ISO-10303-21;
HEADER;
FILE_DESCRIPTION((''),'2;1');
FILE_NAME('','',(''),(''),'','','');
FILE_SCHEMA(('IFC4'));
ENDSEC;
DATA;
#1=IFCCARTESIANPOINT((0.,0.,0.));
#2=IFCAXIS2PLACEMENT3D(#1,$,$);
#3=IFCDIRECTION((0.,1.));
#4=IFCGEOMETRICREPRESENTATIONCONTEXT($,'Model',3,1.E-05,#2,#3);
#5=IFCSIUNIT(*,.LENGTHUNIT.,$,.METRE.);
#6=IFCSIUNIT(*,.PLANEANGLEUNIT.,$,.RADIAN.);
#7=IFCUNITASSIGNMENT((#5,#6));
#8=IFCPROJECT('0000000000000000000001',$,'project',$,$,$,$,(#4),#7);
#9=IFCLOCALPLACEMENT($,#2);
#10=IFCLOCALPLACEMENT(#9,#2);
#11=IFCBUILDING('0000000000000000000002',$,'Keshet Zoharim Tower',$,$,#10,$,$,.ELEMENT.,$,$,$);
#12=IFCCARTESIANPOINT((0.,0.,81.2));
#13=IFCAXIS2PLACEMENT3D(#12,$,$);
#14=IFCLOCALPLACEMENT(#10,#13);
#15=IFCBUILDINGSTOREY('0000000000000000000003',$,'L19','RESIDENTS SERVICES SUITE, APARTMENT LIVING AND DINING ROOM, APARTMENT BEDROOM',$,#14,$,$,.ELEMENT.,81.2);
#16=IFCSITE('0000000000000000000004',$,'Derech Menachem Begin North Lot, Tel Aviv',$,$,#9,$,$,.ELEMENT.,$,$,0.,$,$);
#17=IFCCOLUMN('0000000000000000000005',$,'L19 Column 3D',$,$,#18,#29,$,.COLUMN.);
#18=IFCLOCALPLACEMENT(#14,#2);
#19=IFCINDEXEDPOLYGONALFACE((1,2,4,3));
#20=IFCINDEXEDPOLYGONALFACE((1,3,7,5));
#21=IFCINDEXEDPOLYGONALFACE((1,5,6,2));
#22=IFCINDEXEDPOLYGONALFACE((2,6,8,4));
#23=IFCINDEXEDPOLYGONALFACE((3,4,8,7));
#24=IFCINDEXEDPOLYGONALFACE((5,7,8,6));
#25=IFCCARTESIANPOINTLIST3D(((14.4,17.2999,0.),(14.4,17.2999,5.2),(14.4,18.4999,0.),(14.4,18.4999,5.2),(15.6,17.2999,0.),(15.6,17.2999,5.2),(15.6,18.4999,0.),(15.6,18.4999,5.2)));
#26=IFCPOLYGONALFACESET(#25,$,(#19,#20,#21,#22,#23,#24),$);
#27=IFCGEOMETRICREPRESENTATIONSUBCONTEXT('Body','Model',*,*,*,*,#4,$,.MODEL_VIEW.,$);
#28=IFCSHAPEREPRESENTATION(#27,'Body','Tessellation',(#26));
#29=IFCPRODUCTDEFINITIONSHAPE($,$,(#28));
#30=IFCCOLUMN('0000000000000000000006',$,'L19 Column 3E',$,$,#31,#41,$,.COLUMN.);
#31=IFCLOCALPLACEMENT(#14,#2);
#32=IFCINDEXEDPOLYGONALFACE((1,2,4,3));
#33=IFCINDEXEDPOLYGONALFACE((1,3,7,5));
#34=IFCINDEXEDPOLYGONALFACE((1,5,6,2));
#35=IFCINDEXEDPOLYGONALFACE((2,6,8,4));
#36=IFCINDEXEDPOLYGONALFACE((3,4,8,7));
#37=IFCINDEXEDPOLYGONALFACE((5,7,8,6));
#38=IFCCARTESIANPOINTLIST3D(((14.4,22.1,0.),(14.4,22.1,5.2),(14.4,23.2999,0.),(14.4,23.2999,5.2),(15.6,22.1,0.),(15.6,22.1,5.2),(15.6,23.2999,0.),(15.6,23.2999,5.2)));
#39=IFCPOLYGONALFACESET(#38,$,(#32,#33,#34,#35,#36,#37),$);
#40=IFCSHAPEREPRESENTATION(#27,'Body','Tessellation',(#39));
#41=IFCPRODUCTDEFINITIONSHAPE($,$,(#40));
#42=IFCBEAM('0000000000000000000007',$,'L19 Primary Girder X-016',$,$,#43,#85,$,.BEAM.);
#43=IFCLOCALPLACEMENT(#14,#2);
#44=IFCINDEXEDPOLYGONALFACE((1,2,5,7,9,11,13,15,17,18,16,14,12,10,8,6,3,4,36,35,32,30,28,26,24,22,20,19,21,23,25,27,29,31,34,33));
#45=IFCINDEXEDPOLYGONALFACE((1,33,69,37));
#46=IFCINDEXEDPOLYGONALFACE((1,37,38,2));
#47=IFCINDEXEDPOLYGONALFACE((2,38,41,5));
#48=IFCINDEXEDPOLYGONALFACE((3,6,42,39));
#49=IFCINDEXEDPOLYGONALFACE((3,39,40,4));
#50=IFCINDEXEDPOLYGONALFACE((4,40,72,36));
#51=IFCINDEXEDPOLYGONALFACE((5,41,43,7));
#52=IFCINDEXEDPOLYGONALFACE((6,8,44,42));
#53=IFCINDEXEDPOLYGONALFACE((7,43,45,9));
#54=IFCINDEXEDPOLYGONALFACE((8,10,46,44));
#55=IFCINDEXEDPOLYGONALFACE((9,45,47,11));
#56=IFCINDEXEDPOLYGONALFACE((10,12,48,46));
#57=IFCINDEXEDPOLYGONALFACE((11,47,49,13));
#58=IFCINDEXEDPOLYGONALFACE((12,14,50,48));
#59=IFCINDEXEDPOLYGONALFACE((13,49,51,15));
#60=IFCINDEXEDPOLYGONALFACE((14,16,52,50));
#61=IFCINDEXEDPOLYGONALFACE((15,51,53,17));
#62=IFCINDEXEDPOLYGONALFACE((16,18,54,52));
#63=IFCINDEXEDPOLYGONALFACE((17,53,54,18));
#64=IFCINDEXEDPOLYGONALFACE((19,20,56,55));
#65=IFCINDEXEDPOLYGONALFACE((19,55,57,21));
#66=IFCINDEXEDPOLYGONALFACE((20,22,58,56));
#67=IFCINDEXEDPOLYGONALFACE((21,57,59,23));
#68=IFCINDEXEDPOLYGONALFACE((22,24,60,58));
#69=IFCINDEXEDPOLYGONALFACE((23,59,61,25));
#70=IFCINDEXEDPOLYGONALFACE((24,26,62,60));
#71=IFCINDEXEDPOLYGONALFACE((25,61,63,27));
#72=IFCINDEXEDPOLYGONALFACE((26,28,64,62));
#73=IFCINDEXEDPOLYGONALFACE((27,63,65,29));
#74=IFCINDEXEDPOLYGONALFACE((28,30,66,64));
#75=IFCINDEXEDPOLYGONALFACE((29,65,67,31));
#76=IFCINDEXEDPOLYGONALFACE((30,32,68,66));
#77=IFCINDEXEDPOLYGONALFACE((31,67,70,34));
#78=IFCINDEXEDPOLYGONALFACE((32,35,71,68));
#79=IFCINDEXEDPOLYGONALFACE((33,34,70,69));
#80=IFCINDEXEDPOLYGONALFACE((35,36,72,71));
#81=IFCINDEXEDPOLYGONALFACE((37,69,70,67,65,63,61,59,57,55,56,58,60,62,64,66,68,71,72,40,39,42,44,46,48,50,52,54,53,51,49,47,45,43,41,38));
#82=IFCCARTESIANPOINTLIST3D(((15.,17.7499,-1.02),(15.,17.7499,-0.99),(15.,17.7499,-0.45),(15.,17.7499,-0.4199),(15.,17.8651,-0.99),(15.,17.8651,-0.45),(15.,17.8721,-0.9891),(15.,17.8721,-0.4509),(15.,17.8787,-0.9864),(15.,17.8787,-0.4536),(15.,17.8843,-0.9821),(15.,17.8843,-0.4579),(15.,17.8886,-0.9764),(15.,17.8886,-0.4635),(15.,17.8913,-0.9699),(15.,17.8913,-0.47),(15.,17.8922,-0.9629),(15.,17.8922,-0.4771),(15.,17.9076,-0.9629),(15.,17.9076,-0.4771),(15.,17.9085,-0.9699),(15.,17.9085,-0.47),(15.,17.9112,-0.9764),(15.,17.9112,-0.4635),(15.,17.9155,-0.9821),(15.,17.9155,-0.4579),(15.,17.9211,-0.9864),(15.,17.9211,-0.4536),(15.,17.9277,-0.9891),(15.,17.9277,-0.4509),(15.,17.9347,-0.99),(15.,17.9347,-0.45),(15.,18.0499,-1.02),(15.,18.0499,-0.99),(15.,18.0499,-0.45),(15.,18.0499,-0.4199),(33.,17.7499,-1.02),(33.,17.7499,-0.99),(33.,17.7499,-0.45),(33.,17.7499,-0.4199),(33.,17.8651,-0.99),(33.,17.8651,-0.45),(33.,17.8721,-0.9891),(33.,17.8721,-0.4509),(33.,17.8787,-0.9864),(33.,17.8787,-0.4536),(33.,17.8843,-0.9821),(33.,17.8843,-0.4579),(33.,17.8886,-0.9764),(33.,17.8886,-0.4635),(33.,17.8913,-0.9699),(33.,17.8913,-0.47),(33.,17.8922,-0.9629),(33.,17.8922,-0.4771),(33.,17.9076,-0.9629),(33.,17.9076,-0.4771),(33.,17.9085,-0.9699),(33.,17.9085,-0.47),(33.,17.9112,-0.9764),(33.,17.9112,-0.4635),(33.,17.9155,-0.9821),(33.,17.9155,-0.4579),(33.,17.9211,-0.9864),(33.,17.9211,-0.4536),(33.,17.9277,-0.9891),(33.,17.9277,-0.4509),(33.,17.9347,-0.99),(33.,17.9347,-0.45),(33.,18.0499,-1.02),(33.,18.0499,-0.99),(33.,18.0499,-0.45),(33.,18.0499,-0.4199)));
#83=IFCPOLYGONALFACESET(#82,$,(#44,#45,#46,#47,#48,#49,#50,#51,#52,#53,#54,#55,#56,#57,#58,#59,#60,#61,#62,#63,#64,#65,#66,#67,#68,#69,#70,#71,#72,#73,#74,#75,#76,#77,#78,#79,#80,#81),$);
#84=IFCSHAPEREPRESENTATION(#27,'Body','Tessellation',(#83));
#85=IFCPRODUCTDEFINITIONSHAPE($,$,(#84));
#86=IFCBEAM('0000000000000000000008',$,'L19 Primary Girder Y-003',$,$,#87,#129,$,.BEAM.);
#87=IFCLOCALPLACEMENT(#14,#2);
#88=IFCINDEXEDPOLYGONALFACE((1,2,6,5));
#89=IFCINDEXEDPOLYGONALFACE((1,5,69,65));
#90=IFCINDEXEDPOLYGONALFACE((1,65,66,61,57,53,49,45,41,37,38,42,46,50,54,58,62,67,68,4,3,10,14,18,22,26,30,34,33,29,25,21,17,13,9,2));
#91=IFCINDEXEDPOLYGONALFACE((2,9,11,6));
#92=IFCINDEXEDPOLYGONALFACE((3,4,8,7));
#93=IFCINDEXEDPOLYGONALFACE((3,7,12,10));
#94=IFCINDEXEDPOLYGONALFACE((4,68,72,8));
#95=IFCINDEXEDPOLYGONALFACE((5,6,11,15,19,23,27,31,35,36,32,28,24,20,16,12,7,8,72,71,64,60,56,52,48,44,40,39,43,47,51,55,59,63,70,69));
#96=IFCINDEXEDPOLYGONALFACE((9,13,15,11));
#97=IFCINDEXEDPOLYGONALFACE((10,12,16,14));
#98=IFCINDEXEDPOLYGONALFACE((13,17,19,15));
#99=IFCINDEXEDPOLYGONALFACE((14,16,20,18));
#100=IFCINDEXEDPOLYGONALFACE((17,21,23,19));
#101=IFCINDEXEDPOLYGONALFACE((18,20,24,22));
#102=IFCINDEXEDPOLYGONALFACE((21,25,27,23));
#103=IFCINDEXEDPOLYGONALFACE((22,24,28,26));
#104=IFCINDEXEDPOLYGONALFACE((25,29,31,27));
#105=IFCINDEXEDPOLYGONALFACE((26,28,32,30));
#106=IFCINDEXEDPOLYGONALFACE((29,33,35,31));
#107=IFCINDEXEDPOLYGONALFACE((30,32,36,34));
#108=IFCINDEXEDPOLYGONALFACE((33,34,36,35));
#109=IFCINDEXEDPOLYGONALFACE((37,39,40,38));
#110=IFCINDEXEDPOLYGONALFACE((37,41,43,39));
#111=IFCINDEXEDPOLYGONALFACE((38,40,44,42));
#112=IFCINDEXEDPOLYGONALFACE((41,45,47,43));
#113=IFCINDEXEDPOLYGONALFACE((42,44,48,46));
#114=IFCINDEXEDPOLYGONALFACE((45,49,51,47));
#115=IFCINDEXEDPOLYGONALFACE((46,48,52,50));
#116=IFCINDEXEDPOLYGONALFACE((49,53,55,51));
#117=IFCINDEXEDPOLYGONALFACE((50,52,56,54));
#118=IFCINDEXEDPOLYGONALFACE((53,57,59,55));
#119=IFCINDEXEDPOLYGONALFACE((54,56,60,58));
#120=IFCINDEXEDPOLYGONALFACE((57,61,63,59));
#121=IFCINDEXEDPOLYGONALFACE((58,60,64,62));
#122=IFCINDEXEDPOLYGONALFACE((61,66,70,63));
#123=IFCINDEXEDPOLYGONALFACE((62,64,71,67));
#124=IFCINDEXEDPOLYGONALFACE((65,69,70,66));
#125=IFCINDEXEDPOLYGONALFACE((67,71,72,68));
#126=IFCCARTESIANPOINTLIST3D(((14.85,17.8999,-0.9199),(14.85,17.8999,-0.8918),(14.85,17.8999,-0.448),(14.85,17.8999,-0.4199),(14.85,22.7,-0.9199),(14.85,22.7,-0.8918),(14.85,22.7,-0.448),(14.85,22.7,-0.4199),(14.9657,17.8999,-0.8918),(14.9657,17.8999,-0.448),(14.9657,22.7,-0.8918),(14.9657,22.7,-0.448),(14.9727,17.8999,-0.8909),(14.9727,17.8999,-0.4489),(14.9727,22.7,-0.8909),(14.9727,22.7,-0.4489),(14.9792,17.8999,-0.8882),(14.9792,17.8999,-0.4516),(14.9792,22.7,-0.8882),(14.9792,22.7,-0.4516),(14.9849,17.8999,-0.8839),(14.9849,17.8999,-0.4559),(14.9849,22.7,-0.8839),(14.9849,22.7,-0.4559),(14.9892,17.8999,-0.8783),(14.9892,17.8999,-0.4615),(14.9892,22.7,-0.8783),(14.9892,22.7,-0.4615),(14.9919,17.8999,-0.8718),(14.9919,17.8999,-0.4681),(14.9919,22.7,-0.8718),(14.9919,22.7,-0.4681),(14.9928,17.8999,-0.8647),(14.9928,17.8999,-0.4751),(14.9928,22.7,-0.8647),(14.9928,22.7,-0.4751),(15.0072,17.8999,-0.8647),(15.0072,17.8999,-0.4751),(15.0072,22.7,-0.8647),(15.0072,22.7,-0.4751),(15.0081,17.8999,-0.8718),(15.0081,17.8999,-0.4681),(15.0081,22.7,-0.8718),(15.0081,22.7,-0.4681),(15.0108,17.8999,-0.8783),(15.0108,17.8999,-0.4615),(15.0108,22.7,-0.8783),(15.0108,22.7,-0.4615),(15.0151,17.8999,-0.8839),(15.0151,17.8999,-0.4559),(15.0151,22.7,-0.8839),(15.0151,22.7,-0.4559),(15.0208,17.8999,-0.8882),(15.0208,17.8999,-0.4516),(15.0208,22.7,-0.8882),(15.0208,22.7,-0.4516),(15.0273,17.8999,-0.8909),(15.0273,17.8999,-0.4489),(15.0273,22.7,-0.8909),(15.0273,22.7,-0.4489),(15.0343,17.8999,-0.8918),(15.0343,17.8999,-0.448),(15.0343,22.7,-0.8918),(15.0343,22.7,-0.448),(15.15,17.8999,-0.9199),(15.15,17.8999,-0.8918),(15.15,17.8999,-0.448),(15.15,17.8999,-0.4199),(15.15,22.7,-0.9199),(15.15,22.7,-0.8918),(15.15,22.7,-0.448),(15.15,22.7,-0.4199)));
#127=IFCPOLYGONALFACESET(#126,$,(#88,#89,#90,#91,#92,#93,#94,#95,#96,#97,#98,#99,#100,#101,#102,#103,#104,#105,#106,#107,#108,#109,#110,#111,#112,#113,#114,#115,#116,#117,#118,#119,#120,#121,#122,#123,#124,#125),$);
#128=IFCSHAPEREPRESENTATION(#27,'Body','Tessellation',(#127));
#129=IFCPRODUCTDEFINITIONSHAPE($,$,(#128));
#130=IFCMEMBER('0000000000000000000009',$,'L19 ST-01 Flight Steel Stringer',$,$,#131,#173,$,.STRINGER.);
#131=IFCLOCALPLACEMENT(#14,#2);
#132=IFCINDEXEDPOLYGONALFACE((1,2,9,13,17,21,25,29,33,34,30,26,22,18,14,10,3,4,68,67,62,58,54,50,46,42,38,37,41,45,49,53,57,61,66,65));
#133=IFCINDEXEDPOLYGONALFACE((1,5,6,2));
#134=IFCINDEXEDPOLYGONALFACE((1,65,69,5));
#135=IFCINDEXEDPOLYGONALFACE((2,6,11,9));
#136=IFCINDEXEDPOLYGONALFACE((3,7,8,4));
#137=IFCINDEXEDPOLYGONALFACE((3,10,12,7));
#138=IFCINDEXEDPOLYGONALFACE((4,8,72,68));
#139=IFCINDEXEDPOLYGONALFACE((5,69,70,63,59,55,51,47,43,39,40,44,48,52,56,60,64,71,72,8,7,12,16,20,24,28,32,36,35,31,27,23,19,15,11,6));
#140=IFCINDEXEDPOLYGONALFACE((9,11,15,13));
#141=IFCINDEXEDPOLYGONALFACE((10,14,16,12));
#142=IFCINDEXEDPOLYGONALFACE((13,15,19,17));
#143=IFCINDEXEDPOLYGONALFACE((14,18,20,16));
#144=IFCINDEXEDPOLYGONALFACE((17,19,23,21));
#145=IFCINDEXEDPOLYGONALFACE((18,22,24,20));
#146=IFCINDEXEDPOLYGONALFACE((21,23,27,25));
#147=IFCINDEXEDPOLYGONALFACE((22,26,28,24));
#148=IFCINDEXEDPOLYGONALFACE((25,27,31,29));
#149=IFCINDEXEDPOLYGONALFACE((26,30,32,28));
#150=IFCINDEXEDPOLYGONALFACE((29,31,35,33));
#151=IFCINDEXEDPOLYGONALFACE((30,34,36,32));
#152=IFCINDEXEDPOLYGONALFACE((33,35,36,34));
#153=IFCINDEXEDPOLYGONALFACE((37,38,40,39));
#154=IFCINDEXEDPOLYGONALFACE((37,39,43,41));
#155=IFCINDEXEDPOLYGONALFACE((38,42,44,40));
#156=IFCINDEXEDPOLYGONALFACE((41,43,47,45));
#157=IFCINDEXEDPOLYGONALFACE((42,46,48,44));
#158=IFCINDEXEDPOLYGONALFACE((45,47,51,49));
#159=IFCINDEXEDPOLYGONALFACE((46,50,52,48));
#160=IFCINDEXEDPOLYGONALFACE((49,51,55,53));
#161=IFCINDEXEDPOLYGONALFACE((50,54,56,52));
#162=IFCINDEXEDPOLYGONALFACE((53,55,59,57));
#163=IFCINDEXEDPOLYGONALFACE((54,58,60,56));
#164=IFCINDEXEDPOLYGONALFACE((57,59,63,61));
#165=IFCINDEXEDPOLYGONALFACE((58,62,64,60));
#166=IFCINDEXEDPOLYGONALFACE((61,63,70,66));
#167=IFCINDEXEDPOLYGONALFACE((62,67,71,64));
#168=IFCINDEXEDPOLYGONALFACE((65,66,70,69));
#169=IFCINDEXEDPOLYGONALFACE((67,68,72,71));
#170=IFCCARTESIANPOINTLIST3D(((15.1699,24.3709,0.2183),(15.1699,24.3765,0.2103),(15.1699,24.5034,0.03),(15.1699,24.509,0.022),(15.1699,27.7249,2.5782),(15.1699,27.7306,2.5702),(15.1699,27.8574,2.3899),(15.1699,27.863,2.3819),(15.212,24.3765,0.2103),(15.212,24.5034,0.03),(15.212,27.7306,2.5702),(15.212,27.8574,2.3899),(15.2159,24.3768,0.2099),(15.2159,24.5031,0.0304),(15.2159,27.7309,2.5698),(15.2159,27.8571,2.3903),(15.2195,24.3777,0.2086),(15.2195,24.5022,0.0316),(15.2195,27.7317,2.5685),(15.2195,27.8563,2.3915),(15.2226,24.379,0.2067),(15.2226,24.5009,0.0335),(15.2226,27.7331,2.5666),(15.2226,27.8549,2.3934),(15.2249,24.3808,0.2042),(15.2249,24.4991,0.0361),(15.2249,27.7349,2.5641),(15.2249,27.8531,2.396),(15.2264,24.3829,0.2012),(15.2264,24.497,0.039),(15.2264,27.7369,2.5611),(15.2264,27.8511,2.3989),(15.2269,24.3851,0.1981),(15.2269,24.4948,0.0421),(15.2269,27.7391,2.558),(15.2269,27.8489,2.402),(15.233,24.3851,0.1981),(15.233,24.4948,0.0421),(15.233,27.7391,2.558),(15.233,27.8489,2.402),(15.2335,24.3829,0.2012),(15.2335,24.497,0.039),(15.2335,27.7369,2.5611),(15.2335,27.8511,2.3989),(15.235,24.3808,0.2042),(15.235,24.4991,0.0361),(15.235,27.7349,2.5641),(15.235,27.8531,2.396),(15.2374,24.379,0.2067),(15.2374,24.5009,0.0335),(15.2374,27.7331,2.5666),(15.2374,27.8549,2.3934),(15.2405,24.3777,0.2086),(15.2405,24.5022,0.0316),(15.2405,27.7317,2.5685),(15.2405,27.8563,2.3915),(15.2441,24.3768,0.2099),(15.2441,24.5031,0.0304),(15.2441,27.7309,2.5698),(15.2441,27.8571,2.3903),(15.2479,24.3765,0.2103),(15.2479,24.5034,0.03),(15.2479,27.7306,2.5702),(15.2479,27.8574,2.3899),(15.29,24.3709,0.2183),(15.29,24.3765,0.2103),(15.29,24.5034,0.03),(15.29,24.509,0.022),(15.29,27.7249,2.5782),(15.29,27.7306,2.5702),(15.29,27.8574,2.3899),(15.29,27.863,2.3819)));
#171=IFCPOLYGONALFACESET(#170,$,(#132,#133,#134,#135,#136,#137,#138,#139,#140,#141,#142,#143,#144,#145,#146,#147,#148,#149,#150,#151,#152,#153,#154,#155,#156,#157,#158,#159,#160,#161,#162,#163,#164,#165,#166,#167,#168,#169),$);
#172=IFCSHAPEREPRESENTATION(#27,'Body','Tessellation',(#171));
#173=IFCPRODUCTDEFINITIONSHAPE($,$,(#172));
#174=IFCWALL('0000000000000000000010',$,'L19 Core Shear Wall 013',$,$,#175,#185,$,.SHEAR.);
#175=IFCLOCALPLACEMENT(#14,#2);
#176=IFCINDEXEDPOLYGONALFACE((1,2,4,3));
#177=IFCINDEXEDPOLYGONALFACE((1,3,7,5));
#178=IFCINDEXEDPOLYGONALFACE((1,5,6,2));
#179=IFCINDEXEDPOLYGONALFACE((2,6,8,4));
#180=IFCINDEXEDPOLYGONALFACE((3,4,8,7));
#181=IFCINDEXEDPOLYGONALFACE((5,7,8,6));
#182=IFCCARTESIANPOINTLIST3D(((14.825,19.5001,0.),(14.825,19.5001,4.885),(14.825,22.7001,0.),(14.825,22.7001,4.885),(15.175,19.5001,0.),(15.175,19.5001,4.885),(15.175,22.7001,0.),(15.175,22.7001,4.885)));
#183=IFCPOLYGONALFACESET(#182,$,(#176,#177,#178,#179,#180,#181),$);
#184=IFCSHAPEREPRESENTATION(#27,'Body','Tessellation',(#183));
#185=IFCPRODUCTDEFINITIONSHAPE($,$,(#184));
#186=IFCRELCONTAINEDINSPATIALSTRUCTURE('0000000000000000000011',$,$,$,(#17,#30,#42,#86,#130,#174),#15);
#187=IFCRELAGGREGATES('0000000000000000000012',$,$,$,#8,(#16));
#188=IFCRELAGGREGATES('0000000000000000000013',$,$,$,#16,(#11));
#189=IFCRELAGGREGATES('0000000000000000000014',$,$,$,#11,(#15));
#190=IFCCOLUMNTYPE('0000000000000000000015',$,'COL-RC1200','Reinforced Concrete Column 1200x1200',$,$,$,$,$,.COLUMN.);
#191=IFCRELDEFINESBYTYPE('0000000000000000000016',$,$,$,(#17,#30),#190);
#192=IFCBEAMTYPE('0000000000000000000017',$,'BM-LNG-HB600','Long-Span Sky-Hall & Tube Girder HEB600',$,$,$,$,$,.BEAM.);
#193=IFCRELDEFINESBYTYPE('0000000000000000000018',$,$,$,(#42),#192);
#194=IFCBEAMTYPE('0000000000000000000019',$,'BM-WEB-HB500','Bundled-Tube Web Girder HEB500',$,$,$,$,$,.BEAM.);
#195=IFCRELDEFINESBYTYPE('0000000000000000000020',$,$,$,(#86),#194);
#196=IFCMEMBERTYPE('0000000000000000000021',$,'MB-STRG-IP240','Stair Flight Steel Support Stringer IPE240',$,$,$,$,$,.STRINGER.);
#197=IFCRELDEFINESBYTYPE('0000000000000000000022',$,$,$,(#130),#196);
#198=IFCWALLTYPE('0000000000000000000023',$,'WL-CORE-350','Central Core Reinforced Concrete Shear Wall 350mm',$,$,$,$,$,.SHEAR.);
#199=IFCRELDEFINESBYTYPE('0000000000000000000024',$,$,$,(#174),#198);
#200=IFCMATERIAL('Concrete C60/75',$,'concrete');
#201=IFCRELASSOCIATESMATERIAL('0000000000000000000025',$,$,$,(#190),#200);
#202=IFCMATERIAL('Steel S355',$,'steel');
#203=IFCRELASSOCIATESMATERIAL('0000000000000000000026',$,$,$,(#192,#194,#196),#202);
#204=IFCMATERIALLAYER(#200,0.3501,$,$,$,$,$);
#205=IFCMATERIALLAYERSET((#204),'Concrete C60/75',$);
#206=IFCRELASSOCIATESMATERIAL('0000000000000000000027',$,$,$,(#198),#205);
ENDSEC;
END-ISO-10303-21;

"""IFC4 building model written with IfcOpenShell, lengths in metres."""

from ifc_helpers import new_model, si_unit, direction, frame, frame_2d, origin, origin_2d, place, context, subcontext, project, spatial, rectangle, i_section, extrude, material, layer, layer_set, material_profile, profile_set, type_object, element, save


model = new_model("IFC4")

# Units and contexts
model_context = context("Model", 3, precision=1e-05, world=origin(), true_north=direction((0.0, 1.0)))
body_context = subcontext(model_context, "Body", "Model", "MODEL_VIEW")
ifc_project = project(units=[si_unit("LENGTHUNIT", "METRE"), si_unit("PLANEANGLEUNIT", "RADIAN")], contexts=[model_context])

# Site, building, storey
site_placement = place(None, origin())
site = spatial("IfcSite", under=ifc_project, at=site_placement, Name="Derech Menachem Begin North Lot, Tel Aviv", CompositionType="ELEMENT", RefElevation=0.0)
building_placement = place(site_placement, origin())
building = spatial("IfcBuilding", under=site, at=building_placement, Name="Keshet Zoharim Tower", CompositionType="ELEMENT")
storey_placement = place(building_placement, frame((0.0, 0.0, 81.2)))
storey = spatial("IfcBuildingStorey", under=building, at=storey_placement, Name="L19", Description="RESIDENTS SERVICES SUITE, APARTMENT LIVING AND DINING ROOM, APARTMENT BEDROOM", CompositionType="ELEMENT", Elevation=81.2)

# Columns
ifc_material_1 = material(Name="Concrete C60/75", Category="concrete")
ifc_material_profile_1 = material_profile(ifc_material_1, rectangle(XDim=1.2, YDim=1.2, at=origin_2d()), Name="RC1200x1200")
ifc_profile_set_1 = profile_set([ifc_material_profile_1], Name="Concrete C60/75")
column_type = type_object("IfcColumnType", Name="COL-RC1200", Description="Reinforced Concrete Column 1200x1200", PredefinedType="COLUMN", material=ifc_profile_set_1)
for number, where, z_axis, x_axis, name in (
    (1, (15.0, 17.8999, 0.0), (0.0, 0.0, 1.0), (1.0, 0.0, 0.0), "L19 Column 3D"),
    (2, (15.0, 22.7, 0.0), (0.0, 0.0, 1.0), (1.0, 0.0, 0.0), "L19 Column 3E"),
):
    element("IfcColumn", number, at=place(storey_placement, frame(where, z_axis=z_axis, x_axis=x_axis)), inside=storey, type_object=column_type, Name=name, PredefinedType="COLUMN", context=body_context, shape_type="SweptSolid", body=[
        extrude(rectangle(XDim=1.2, YDim=1.2, at=origin_2d()), origin(), (0.0, 0.0, 1.0), 5.2),
    ])

# Beams
ifc_material_2 = material(Name="Steel S355", Category="steel")
ifc_material_profile_2 = material_profile(ifc_material_2, i_section(OverallWidth=0.3, OverallDepth=0.6001, WebThickness=0.0154, FlangeThickness=0.03, FilletRadius=0.0271, at=origin_2d()), Name="HEB600")
ifc_profile_set_2 = profile_set([ifc_material_profile_2], Name="Steel S355")
beam_type_1 = type_object("IfcBeamType", Name="BM-LNG-HB600", Description="Long-Span Sky-Hall & Tube Girder HEB600", PredefinedType="BEAM", material=ifc_profile_set_2)
beam_1_placement = place(storey_placement, frame((15.0, 17.8999, -0.72), z_axis=(1.0, 0.0, 0.0), x_axis=(0.0, 1.0, 0.0)))
element("IfcBeam", 3, at=beam_1_placement, inside=storey, type_object=beam_type_1, Name="L19 Primary Girder X-016", PredefinedType="BEAM", context=body_context, shape_type="SweptSolid", body=[
    extrude(i_section(OverallWidth=0.3, OverallDepth=0.6001, WebThickness=0.0154, FlangeThickness=0.03, FilletRadius=0.0271, at=origin_2d()), origin(), (0.0, 0.0, 1.0), 18.0),
])
ifc_material_profile_3 = material_profile(ifc_material_2, i_section(OverallWidth=0.3, OverallDepth=0.5, WebThickness=0.0144, FlangeThickness=0.0281, FilletRadius=0.0271, at=origin_2d()), Name="HEB500")
ifc_profile_set_3 = profile_set([ifc_material_profile_3], Name="Steel S355")
beam_type_2 = type_object("IfcBeamType", Name="BM-WEB-HB500", Description="Bundled-Tube Web Girder HEB500", PredefinedType="BEAM", material=ifc_profile_set_3)
beam_2_placement = place(storey_placement, frame((15.0, 17.8999, -0.6699), z_axis=(0.0, 1.0, 0.0), x_axis=(-1.0, 0.0, 0.0)))
element("IfcBeam", 4, at=beam_2_placement, inside=storey, type_object=beam_type_2, Name="L19 Primary Girder Y-003", PredefinedType="BEAM", context=body_context, shape_type="SweptSolid", body=[
    extrude(i_section(OverallWidth=0.3, OverallDepth=0.5, WebThickness=0.0144, FlangeThickness=0.0281, FilletRadius=0.0271, at=origin_2d()), origin(), (0.0, 0.0, 1.0), 4.8),
])

# Member
ifc_material_profile_4 = material_profile(ifc_material_2, i_section(OverallWidth=0.1201, OverallDepth=0.24, WebThickness=0.0061, FlangeThickness=0.0098, FilletRadius=0.0149, at=origin_2d()), Name="IPE240")
ifc_profile_set_4 = profile_set([ifc_material_profile_4], Name="Steel S355")
member_type = type_object("IfcMemberType", Name="MB-STRG-IP240", Description="Stair Flight Steel Support Stringer IPE240", PredefinedType="STRINGER", material=ifc_profile_set_4)
member_placement = place(storey_placement, frame((15.23, 24.4399, 0.1201), z_axis=(0.0, 0.817848, 0.575434), x_axis=(-1.0, 0.0, 0.0)))
element("IfcMember", 5, at=member_placement, inside=storey, type_object=member_type, Name="L19 ST-01 Flight Steel Stringer", PredefinedType="STRINGER", context=body_context, shape_type="SweptSolid", body=[
    extrude(i_section(OverallWidth=0.1201, OverallDepth=0.24, WebThickness=0.0061, FlangeThickness=0.0098, FilletRadius=0.0149, at=origin_2d()), origin(), (0.0, 0.0, 1.0), 4.1011),
])

# Wall
ifc_layer_1 = layer(ifc_material_1, 0.3501)
ifc_layer_set_1 = layer_set([ifc_layer_1], Name="Concrete C60/75")
wall_type_1 = type_object("IfcWallType", Name="WL-CORE-350", Description="Central Core Reinforced Concrete Shear Wall 350mm", PredefinedType="SHEAR", material=ifc_layer_set_1)
wall_1_placement = place(storey_placement, frame((15.0, 19.5, 0.0), z_axis=(0.0, 0.0, 1.0), x_axis=(0.0, 1.0, 0.0)))
element("IfcWall", 6, at=wall_1_placement, inside=storey, type_object=wall_type_1, Name="L19 Core Shear Wall 013", PredefinedType="SHEAR", context=body_context, shape_type="SweptSolid", body=[
    extrude(rectangle(XDim=3.2, YDim=0.3501, at=frame_2d((1.6001, 0.0))), origin(), (0.0, 0.0, 1.0), 4.885),
])

save(model, "model.ifc")
